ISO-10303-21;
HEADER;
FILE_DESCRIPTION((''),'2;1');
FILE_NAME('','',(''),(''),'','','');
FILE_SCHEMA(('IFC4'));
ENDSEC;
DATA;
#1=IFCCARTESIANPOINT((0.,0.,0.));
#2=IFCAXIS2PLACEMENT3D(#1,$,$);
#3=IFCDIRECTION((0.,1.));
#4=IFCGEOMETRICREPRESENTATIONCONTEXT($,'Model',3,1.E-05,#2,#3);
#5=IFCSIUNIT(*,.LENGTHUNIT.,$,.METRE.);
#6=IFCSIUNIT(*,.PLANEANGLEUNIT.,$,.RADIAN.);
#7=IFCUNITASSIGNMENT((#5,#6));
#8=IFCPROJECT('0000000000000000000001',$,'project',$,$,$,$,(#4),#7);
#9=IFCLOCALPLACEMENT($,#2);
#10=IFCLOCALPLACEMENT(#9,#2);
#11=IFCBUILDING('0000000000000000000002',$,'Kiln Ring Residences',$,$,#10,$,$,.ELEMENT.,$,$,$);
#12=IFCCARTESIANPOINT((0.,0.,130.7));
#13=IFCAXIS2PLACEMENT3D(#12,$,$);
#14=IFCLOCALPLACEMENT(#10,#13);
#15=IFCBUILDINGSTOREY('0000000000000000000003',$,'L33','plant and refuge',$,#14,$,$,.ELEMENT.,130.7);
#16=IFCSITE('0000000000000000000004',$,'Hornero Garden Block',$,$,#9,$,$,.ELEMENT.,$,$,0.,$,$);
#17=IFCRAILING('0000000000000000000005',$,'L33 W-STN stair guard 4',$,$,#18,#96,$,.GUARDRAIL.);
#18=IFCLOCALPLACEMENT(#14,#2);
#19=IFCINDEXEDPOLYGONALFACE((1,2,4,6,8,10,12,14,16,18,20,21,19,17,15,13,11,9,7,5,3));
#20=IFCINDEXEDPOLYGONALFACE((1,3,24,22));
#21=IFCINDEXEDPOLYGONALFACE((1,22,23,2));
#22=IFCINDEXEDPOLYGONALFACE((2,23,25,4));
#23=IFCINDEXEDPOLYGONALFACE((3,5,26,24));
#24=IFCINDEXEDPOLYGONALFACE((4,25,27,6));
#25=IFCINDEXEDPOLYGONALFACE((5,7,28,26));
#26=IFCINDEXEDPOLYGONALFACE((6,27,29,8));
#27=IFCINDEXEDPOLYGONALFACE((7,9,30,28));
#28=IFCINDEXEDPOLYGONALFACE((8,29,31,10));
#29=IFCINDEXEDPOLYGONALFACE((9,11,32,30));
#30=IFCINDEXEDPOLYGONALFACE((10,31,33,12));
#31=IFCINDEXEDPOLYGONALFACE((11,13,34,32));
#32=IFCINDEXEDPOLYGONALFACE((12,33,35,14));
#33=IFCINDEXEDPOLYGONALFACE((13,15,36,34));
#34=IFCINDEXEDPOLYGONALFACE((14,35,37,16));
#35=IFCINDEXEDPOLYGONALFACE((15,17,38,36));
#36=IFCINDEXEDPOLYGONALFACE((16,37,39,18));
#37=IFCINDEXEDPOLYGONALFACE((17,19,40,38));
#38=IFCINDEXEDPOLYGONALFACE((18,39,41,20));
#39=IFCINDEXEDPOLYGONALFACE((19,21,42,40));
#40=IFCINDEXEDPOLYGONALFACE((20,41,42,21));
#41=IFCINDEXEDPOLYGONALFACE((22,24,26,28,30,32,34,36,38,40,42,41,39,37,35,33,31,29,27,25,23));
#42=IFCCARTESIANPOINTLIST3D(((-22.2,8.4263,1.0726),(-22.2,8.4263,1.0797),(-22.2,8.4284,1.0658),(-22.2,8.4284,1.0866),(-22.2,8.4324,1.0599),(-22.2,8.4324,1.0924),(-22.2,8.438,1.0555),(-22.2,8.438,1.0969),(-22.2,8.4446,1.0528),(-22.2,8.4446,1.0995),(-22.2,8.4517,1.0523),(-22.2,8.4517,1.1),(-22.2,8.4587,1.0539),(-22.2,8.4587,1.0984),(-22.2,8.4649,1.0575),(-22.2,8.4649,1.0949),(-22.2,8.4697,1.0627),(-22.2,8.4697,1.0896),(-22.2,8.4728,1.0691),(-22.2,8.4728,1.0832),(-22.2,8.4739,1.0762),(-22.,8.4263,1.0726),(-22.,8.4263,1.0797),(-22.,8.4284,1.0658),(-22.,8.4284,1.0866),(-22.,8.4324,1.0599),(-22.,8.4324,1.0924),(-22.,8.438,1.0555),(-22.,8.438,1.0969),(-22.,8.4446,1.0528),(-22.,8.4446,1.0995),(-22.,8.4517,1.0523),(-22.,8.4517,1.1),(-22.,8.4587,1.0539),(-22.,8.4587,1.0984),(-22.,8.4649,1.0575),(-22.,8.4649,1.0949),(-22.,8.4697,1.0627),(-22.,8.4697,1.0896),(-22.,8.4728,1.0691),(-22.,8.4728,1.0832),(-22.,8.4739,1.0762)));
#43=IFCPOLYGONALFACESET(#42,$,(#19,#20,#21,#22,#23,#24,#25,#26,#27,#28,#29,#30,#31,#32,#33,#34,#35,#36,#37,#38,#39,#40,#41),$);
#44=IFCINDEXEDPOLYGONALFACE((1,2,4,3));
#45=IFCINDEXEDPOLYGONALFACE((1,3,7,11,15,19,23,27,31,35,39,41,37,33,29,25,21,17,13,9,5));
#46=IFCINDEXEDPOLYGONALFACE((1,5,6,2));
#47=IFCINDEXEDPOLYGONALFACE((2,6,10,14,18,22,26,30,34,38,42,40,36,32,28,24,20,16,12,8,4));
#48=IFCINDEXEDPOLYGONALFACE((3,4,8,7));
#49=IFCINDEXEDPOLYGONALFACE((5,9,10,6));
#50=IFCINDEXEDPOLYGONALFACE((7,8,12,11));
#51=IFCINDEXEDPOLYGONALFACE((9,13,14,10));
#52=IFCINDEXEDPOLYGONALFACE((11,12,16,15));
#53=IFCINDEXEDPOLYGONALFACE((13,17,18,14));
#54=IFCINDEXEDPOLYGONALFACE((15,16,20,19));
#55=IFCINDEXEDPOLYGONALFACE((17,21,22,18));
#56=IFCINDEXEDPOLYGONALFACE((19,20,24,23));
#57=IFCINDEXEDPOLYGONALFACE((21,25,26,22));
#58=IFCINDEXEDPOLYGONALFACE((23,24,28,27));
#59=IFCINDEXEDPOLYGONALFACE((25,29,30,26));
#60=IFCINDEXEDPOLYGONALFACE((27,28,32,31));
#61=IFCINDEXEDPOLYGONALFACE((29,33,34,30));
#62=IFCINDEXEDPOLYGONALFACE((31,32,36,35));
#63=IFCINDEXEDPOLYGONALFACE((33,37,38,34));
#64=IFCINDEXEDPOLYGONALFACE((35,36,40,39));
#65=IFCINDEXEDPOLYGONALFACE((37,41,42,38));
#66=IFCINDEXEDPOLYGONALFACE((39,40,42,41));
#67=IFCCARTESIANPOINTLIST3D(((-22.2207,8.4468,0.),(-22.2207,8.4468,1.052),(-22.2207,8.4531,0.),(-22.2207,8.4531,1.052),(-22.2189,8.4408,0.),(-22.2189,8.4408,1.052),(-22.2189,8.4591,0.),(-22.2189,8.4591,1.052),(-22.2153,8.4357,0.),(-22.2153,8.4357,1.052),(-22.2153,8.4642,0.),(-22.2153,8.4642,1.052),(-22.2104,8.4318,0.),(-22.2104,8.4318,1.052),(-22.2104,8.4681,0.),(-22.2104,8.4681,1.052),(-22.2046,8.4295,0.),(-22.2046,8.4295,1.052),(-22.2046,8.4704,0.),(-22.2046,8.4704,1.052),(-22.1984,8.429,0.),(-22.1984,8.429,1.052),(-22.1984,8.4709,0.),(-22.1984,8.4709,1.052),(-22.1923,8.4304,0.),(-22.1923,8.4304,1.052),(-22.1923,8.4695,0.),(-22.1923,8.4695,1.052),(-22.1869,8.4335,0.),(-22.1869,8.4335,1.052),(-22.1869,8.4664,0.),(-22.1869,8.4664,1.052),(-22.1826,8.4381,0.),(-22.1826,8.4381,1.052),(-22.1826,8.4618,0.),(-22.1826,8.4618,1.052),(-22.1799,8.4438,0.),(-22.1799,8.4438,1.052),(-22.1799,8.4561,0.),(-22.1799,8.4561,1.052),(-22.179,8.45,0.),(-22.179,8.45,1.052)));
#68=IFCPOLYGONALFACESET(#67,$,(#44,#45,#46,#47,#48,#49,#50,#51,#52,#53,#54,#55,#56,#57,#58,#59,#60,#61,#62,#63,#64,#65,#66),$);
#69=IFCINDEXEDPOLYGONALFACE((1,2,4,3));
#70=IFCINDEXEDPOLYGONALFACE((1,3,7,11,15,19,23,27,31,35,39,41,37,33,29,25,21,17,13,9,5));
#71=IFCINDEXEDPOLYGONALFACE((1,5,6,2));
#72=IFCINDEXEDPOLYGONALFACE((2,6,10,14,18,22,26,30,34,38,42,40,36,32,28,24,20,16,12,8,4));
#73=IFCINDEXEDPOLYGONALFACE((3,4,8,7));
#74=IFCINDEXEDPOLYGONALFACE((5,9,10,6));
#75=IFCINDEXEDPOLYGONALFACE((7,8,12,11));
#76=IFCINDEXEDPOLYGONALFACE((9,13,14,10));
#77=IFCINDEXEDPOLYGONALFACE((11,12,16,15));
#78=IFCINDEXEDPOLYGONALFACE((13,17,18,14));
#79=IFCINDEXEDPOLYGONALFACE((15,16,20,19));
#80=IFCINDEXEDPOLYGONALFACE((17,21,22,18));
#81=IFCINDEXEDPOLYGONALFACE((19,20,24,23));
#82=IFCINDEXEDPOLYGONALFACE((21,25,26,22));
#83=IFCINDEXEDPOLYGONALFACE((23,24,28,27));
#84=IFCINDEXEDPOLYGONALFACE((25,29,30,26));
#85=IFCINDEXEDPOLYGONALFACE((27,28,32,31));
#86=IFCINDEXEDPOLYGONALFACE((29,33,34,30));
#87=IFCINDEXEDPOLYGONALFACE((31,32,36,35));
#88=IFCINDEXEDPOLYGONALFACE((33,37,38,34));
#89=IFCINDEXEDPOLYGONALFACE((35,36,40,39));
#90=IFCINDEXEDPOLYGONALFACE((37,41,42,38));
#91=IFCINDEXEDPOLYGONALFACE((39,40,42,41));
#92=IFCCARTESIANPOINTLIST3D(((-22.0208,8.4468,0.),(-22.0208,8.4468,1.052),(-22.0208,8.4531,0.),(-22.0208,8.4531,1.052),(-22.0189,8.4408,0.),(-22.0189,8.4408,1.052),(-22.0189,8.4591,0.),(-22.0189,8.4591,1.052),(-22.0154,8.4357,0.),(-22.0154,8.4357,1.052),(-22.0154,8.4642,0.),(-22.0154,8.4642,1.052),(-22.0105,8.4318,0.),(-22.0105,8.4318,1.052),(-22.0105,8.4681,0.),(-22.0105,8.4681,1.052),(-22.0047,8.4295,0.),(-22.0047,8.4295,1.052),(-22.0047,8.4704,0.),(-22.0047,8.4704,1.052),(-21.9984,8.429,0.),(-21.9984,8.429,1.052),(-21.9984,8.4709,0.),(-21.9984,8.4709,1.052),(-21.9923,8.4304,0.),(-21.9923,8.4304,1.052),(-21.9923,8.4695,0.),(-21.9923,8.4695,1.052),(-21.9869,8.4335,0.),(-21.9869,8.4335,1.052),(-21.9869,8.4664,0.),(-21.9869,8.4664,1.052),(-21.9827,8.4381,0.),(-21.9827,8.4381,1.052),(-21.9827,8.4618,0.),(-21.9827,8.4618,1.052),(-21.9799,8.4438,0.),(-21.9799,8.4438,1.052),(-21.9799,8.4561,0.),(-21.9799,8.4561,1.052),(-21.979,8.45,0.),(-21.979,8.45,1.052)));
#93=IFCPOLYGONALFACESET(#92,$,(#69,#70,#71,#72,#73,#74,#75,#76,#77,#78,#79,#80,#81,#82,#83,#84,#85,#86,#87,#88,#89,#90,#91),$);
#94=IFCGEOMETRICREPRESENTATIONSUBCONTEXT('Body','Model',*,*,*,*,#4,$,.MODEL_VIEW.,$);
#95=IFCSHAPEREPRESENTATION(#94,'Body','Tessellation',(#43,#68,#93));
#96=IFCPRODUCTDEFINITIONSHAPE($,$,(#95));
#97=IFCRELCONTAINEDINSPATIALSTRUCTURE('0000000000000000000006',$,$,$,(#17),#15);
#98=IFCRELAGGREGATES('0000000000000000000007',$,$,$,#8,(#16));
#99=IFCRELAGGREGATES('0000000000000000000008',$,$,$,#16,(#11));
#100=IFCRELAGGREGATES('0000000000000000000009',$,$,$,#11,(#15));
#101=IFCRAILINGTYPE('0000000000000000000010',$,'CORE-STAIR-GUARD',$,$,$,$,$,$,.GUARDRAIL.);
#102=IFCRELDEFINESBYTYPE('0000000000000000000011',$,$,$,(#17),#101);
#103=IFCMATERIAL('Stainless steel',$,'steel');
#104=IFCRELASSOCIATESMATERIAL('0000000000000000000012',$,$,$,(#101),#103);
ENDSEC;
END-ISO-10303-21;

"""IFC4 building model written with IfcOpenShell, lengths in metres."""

from ifc_helpers import new_model, si_unit, direction, frame, origin, origin_2d, place, context, subcontext, project, spatial, circle, extrude, material, type_object, element, save


model = new_model("IFC4")

# Units and contexts
model_context = context("Model", 3, precision=1e-05, world=origin(), true_north=direction((0.0, 1.0)))
body_context = subcontext(model_context, "Body", "Model", "MODEL_VIEW")
ifc_project = project(units=[si_unit("LENGTHUNIT", "METRE"), si_unit("PLANEANGLEUNIT", "RADIAN")], contexts=[model_context])

# Site, building, storey
site_placement = place(None, origin())
site = spatial("IfcSite", under=ifc_project, at=site_placement, Name="Hornero Garden Block", CompositionType="ELEMENT", RefElevation=0.0)
building_placement = place(site_placement, origin())
building = spatial("IfcBuilding", under=site, at=building_placement, Name="Kiln Ring Residences", CompositionType="ELEMENT")
storey_placement = place(building_placement, frame((0.0, 0.0, 130.7)))
storey = spatial("IfcBuildingStorey", under=building, at=storey_placement, Name="L33", Description="plant and refuge", CompositionType="ELEMENT", Elevation=130.7)

# Railing
ifc_material_1 = material(Name="Stainless steel", Category="steel")
railing_type_1 = type_object("IfcRailingType", Name="CORE-STAIR-GUARD", PredefinedType="GUARDRAIL", material=ifc_material_1)
railing_1_placement = place(storey_placement, frame((-22.2, 8.45, 0.0)))
element("IfcRailing", 1, at=railing_1_placement, inside=storey, type_object=railing_type_1, Name="L33 W-STN stair guard 4", PredefinedType="GUARDRAIL", context=body_context, shape_type="SweptSolid", body=[
    extrude(circle(Radius=0.0239, at=origin_2d()), frame((0.0, 0.0, 1.0762), z_axis=(1.0, 0.0, 0.0), x_axis=(0.0, 1.0, 0.0)), (0.0, 0.0, 1.0), 0.2),
    extrude(circle(Radius=0.021, at=origin_2d()), origin(), (0.0, 0.0, 1.0), 1.052),
    extrude(circle(Radius=0.021, at=origin_2d()), frame((0.2, 0.0, 0.0)), (0.0, 0.0, 1.0), 1.052),
])

save(model, "model.ifc")
